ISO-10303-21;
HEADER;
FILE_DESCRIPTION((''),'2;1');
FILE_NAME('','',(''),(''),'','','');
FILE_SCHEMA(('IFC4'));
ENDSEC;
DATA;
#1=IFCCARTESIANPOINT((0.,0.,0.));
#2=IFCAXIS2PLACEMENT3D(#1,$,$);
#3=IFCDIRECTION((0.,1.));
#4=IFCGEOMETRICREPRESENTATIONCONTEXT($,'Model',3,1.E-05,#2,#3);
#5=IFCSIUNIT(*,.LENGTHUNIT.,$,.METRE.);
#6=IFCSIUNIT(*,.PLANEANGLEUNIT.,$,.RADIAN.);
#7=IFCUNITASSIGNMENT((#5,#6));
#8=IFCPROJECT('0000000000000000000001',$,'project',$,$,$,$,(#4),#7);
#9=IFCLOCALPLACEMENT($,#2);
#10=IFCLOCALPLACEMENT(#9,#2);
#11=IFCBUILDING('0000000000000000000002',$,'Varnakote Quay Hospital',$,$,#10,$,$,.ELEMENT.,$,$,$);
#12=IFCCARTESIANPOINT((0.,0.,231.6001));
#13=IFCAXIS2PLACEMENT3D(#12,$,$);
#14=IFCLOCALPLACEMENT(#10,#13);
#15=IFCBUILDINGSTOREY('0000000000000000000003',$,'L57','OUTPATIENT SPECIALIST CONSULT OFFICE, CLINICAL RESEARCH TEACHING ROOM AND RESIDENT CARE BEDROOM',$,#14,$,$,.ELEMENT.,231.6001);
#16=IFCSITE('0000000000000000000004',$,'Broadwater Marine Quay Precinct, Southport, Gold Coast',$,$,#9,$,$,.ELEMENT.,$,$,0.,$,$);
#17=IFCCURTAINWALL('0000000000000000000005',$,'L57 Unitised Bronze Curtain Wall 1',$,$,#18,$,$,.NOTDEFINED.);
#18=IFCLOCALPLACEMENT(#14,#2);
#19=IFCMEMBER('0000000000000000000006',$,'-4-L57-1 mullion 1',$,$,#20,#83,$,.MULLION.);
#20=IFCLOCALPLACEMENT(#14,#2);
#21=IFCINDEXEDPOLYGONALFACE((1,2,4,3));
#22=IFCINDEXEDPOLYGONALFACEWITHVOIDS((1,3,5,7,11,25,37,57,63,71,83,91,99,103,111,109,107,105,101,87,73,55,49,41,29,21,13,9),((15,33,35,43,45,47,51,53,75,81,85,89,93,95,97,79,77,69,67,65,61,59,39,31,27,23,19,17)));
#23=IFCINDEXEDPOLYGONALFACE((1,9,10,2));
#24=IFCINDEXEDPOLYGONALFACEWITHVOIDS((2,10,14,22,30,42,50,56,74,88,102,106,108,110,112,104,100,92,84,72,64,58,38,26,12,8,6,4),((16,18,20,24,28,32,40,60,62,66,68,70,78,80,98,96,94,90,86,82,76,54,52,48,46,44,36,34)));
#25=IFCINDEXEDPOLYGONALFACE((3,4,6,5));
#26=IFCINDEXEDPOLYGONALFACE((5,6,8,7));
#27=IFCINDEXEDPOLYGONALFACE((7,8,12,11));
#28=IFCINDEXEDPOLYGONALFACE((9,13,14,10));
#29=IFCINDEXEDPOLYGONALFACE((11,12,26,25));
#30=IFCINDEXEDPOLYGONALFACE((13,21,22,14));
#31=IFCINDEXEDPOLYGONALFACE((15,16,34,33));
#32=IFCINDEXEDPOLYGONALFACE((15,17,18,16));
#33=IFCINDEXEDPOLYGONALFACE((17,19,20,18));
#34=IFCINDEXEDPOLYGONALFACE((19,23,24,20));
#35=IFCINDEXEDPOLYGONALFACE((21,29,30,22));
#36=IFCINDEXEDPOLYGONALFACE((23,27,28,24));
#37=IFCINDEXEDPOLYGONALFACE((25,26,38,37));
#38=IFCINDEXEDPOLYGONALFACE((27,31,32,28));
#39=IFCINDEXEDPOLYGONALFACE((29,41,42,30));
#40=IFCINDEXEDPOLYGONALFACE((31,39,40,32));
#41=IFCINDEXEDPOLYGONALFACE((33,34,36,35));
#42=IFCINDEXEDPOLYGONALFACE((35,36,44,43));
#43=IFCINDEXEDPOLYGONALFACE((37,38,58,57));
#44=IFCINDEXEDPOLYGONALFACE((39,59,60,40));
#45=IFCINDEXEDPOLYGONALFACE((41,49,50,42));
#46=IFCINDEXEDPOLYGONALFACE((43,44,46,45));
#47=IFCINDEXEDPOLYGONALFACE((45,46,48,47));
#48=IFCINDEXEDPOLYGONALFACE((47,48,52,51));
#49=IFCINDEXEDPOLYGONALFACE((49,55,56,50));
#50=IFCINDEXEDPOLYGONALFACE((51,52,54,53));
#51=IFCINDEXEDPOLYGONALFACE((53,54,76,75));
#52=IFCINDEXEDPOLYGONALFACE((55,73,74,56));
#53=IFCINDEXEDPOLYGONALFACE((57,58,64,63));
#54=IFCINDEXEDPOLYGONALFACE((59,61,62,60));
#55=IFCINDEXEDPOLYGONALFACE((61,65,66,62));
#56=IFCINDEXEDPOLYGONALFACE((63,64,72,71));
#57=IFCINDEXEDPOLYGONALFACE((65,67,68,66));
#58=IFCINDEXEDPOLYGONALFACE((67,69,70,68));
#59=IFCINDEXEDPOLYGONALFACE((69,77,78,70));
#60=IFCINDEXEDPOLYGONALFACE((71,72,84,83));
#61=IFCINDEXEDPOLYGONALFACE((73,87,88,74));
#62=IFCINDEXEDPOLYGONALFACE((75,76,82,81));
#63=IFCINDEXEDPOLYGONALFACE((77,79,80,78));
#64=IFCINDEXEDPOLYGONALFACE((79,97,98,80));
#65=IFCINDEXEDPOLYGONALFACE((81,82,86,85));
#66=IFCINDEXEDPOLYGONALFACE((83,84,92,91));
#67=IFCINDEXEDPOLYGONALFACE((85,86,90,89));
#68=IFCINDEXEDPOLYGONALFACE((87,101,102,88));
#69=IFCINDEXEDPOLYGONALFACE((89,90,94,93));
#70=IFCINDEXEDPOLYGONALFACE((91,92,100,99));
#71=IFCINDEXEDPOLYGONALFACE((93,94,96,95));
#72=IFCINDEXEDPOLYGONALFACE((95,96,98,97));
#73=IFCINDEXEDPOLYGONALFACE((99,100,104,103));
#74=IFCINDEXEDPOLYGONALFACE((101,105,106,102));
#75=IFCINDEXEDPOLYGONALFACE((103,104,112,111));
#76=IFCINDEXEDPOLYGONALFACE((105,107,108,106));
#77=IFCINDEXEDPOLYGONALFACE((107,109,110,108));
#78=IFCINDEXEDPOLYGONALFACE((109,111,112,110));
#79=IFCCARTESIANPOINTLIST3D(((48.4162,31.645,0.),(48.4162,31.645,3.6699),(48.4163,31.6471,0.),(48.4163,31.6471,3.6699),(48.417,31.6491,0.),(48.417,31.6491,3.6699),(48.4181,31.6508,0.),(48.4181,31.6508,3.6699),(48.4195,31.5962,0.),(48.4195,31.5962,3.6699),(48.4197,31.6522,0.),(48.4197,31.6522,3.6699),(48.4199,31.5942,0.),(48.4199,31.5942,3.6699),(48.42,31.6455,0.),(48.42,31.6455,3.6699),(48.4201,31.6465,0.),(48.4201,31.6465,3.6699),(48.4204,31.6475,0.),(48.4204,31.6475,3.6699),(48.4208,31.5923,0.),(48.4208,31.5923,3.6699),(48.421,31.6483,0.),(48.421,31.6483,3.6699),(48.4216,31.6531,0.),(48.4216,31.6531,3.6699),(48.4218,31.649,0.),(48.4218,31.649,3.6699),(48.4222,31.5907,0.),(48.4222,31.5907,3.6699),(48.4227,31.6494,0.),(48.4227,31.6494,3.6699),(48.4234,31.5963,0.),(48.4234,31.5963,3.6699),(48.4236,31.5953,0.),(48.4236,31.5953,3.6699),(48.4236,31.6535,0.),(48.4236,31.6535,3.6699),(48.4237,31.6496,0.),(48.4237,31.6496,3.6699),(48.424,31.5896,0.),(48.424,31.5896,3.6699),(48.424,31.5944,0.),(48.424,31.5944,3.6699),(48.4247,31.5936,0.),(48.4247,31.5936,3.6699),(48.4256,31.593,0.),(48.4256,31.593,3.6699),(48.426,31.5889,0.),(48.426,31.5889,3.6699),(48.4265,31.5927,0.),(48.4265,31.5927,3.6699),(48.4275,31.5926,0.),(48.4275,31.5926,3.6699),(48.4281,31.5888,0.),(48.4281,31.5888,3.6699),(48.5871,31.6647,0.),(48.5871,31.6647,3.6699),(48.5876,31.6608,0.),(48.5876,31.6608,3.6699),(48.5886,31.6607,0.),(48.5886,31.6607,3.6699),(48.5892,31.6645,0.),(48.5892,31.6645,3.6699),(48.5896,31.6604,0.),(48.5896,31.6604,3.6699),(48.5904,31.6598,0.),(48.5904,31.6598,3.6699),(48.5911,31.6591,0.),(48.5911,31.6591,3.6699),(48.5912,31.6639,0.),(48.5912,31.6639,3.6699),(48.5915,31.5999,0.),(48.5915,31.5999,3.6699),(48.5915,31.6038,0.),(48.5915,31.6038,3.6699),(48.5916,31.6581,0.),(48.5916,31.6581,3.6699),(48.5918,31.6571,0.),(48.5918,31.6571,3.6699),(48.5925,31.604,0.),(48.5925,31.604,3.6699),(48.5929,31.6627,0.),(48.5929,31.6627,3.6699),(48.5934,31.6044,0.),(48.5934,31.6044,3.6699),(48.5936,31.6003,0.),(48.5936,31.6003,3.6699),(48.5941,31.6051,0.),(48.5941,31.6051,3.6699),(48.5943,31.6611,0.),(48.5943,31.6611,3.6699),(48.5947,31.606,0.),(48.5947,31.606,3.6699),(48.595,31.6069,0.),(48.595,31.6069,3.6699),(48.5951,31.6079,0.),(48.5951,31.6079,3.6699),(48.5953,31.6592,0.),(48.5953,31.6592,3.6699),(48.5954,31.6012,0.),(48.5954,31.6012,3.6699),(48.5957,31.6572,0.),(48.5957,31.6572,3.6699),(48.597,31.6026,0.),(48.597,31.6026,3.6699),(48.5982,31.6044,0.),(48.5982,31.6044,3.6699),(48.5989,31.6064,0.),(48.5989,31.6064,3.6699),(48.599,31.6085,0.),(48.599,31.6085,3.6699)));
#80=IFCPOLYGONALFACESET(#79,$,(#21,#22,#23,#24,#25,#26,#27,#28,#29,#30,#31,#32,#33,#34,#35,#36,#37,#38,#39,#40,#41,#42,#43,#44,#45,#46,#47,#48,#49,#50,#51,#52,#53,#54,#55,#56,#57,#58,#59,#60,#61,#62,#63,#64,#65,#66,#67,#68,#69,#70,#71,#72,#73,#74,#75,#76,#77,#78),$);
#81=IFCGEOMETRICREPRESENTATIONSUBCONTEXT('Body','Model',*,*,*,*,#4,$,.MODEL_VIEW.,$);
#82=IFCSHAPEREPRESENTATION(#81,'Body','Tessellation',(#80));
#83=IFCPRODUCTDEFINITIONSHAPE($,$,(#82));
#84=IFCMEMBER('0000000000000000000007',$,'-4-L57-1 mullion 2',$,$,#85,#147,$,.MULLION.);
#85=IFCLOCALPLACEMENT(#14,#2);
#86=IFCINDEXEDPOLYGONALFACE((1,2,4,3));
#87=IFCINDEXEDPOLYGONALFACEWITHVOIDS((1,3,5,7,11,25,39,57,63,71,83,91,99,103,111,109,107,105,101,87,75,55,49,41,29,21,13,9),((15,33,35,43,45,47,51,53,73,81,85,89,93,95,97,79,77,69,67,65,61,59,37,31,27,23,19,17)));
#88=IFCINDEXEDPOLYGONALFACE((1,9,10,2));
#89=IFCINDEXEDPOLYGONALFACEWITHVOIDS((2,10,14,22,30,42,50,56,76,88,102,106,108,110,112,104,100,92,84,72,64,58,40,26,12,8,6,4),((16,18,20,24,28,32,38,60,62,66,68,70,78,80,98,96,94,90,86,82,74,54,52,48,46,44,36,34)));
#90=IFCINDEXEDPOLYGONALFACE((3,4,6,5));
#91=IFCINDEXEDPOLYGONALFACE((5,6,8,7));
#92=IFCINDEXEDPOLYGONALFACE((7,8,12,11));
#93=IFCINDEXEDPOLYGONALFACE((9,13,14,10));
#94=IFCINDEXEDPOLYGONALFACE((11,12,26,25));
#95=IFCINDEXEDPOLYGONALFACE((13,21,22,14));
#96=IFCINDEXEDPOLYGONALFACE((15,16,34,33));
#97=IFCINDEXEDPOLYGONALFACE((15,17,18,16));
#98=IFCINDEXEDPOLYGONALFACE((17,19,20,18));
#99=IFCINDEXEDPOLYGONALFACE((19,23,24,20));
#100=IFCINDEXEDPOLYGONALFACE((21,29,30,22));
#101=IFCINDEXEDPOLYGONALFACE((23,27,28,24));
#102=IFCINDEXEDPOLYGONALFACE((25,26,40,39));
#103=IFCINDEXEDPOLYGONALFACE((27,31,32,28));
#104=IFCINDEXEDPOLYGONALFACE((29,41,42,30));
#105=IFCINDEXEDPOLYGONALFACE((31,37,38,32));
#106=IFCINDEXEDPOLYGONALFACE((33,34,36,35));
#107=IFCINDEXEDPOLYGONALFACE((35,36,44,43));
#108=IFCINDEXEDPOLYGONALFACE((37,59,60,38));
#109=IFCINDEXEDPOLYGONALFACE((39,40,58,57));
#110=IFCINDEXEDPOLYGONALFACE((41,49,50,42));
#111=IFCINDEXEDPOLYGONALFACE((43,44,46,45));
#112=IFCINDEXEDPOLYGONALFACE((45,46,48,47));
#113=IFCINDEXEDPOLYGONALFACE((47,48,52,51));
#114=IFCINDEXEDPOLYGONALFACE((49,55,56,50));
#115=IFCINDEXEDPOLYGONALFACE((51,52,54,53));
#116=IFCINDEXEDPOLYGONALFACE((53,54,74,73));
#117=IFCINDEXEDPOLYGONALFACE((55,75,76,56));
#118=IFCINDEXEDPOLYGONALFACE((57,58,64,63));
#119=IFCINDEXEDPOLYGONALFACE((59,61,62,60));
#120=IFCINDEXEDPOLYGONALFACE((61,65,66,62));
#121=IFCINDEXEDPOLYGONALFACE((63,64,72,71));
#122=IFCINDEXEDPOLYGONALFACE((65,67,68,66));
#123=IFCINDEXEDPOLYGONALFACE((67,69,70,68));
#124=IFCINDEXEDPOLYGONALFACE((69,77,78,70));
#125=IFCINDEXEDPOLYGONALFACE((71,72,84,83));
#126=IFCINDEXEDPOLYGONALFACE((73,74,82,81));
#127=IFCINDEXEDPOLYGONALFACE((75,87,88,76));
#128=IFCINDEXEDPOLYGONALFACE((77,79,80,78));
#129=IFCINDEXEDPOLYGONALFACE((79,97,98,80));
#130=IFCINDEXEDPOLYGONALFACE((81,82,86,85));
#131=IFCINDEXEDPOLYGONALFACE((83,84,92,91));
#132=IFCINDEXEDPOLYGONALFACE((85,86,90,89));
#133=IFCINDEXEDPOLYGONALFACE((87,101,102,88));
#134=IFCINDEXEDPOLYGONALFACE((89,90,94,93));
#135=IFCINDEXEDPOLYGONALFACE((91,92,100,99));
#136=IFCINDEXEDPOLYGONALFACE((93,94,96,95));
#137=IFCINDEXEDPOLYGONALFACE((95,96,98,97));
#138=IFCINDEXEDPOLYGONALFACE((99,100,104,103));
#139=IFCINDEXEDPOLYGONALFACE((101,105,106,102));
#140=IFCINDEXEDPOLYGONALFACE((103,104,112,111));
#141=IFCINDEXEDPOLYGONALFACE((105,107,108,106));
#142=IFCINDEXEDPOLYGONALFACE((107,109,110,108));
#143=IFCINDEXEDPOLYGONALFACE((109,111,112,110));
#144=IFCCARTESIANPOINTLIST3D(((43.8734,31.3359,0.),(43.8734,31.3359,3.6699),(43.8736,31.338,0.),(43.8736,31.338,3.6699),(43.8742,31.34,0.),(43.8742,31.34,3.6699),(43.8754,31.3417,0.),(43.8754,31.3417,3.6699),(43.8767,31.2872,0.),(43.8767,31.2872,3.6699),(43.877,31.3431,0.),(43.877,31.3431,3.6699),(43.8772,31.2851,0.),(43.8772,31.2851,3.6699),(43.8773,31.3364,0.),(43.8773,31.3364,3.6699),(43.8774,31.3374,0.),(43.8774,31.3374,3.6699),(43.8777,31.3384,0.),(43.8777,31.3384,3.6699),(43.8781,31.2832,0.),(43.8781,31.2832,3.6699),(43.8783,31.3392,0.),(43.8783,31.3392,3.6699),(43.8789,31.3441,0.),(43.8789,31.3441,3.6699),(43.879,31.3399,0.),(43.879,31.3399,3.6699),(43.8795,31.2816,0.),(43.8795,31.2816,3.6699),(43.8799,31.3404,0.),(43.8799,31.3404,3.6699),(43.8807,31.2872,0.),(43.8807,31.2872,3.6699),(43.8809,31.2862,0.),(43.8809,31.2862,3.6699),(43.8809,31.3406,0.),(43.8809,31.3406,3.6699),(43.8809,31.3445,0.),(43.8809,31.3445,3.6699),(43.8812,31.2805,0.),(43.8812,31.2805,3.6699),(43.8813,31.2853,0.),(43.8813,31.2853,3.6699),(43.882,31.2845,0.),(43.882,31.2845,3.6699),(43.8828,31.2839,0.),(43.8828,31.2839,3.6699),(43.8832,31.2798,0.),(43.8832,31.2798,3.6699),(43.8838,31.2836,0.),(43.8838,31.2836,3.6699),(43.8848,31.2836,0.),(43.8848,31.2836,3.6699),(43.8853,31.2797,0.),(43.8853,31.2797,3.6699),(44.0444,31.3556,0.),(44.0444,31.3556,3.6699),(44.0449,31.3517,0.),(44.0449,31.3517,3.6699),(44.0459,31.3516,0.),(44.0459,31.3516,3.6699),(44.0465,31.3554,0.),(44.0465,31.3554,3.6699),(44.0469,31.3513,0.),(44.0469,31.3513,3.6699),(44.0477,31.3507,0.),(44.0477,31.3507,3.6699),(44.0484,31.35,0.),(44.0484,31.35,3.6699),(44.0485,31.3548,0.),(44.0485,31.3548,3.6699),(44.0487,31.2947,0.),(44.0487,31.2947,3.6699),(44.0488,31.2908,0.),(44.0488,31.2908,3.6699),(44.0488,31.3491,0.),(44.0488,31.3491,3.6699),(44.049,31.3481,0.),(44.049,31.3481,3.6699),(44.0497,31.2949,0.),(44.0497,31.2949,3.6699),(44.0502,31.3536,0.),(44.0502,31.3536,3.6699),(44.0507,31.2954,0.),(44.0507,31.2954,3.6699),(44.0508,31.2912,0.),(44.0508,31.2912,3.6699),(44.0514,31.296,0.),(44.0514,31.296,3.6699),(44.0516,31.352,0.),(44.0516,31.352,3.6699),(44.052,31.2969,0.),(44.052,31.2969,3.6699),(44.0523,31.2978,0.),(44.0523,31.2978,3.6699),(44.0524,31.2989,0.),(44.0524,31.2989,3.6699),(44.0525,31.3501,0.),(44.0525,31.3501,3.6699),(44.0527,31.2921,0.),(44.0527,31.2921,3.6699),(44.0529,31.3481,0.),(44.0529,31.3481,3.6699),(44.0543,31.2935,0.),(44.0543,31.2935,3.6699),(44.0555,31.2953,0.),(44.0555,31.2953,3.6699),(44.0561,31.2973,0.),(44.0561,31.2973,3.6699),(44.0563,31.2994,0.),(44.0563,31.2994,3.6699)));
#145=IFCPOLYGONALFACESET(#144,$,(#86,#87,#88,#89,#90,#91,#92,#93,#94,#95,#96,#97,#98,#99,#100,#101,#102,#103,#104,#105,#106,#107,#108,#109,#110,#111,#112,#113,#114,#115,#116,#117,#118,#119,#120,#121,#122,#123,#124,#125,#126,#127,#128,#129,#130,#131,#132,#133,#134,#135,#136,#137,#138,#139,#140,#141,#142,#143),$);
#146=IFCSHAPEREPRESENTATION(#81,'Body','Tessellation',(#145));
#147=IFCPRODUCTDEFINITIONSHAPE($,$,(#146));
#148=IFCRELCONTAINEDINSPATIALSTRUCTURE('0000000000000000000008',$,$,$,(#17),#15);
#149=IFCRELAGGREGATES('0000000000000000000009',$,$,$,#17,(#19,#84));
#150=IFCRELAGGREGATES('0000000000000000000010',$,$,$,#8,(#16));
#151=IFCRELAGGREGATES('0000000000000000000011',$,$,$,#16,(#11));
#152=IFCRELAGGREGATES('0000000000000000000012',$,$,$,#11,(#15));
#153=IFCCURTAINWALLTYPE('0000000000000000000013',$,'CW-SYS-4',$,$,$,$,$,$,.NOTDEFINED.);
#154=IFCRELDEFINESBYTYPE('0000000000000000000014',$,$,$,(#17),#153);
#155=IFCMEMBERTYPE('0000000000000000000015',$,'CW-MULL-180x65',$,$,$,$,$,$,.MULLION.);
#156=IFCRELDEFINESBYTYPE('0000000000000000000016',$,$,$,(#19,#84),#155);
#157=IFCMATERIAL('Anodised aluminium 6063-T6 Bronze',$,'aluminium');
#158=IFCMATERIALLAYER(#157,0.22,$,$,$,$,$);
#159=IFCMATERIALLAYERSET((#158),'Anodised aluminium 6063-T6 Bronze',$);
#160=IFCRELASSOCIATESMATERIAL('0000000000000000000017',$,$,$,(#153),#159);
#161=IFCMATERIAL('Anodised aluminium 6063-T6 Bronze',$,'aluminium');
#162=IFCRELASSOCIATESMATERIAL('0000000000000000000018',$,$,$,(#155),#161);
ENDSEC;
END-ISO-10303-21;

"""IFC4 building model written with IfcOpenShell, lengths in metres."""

from ifc_helpers import new_model, si_unit, direction, frame, origin, origin_2d, place, context, subcontext, project, spatial, hollow_rectangle, extrude, material, layer, layer_set, material_profile, profile_set, type_object, element, aggregate, save


model = new_model("IFC4")

# Units and contexts
model_context = context("Model", 3, precision=1e-05, world=origin(), true_north=direction((0.0, 1.0)))
body_context = subcontext(model_context, "Body", "Model", "MODEL_VIEW")
ifc_project = project(units=[si_unit("LENGTHUNIT", "METRE"), si_unit("PLANEANGLEUNIT", "RADIAN")], contexts=[model_context])

# Site, building, storey
site_placement = place(None, origin())
site = spatial("IfcSite", under=ifc_project, at=site_placement, Name="Broadwater Marine Quay Precinct, Southport, Gold Coast", CompositionType="ELEMENT", RefElevation=0.0)
building_placement = place(site_placement, origin())
building = spatial("IfcBuilding", under=site, at=building_placement, Name="Varnakote Quay Hospital", CompositionType="ELEMENT")
storey_placement = place(building_placement, frame((0.0, 0.0, 231.6001)))
storey = spatial("IfcBuildingStorey", under=building, at=storey_placement, Name="L57", Description="OUTPATIENT SPECIALIST CONSULT OFFICE, CLINICAL RESEARCH TEACHING ROOM AND RESIDENT CARE BEDROOM", CompositionType="ELEMENT", Elevation=231.6001)

# Curtain wall, members
ifc_material_1 = material(Name="Anodised aluminium 6063-T6 Bronze", Category="aluminium")
ifc_layer_1 = layer(ifc_material_1, 0.22)
ifc_layer_set_1 = layer_set([ifc_layer_1], Name="Anodised aluminium 6063-T6 Bronze")
curtain_wall_type = type_object("IfcCurtainWallType", Name="CW-SYS-4", PredefinedType="NOTDEFINED", material=ifc_layer_set_1)
curtain_wall_placement = place(storey_placement, origin())
curtain_wall = element("IfcCurtainWall", 1, at=curtain_wall_placement, inside=storey, type_object=curtain_wall_type, Name="L57 Unitised Bronze Curtain Wall 1", PredefinedType="NOTDEFINED")
ifc_material_2 = material(Name="Anodised aluminium 6063-T6 Bronze", Category="aluminium")
ifc_material_profile_1 = material_profile(ifc_material_2, hollow_rectangle(XDim=0.0649, YDim=0.1799, WallThickness=0.0039, InnerFilletRadius=0.0039, OuterFilletRadius=0.0081, at=origin_2d()), Name="CW-MULL-180x65")
ifc_profile_set_1 = profile_set([ifc_material_profile_1], Name="Anodised aluminium 6063-T6 Bronze")
member_type_1 = type_object("IfcMemberType", Name="CW-MULL-180x65", PredefinedType="MULLION", material=ifc_profile_set_1)
member_1_placement = place(storey_placement, frame((48.5076, 31.6267, 0.0), z_axis=(0.0, 0.0, 1.0), x_axis=(0.067842, -0.997696, 0.0)))
member_1 = element("IfcMember", 2, at=member_1_placement, type_object=member_type_1, Name="-4-L57-1 mullion 1", PredefinedType="MULLION", context=body_context, shape_type="SweptSolid", body=[
    extrude(hollow_rectangle(XDim=0.0649, YDim=0.1799, WallThickness=0.0039, InnerFilletRadius=0.0039, OuterFilletRadius=0.0081, at=origin_2d()), origin(), (0.0, 0.0, 1.0), 3.6699),
])
member_2_placement = place(storey_placement, frame((43.9648, 31.3176, 0.0), z_axis=(0.0, 0.0, 1.0), x_axis=(0.067842, -0.997696, 0.0)))
member_2 = element("IfcMember", 3, at=member_2_placement, type_object=member_type_1, Name="-4-L57-1 mullion 2", PredefinedType="MULLION", context=body_context, shape_type="SweptSolid", body=[
    extrude(hollow_rectangle(XDim=0.0649, YDim=0.1799, WallThickness=0.0039, InnerFilletRadius=0.0039, OuterFilletRadius=0.0081, at=origin_2d()), origin(), (0.0, 0.0, 1.0), 3.6699),
])
aggregate(curtain_wall, [member_1, member_2])

save(model, "model.ifc")
